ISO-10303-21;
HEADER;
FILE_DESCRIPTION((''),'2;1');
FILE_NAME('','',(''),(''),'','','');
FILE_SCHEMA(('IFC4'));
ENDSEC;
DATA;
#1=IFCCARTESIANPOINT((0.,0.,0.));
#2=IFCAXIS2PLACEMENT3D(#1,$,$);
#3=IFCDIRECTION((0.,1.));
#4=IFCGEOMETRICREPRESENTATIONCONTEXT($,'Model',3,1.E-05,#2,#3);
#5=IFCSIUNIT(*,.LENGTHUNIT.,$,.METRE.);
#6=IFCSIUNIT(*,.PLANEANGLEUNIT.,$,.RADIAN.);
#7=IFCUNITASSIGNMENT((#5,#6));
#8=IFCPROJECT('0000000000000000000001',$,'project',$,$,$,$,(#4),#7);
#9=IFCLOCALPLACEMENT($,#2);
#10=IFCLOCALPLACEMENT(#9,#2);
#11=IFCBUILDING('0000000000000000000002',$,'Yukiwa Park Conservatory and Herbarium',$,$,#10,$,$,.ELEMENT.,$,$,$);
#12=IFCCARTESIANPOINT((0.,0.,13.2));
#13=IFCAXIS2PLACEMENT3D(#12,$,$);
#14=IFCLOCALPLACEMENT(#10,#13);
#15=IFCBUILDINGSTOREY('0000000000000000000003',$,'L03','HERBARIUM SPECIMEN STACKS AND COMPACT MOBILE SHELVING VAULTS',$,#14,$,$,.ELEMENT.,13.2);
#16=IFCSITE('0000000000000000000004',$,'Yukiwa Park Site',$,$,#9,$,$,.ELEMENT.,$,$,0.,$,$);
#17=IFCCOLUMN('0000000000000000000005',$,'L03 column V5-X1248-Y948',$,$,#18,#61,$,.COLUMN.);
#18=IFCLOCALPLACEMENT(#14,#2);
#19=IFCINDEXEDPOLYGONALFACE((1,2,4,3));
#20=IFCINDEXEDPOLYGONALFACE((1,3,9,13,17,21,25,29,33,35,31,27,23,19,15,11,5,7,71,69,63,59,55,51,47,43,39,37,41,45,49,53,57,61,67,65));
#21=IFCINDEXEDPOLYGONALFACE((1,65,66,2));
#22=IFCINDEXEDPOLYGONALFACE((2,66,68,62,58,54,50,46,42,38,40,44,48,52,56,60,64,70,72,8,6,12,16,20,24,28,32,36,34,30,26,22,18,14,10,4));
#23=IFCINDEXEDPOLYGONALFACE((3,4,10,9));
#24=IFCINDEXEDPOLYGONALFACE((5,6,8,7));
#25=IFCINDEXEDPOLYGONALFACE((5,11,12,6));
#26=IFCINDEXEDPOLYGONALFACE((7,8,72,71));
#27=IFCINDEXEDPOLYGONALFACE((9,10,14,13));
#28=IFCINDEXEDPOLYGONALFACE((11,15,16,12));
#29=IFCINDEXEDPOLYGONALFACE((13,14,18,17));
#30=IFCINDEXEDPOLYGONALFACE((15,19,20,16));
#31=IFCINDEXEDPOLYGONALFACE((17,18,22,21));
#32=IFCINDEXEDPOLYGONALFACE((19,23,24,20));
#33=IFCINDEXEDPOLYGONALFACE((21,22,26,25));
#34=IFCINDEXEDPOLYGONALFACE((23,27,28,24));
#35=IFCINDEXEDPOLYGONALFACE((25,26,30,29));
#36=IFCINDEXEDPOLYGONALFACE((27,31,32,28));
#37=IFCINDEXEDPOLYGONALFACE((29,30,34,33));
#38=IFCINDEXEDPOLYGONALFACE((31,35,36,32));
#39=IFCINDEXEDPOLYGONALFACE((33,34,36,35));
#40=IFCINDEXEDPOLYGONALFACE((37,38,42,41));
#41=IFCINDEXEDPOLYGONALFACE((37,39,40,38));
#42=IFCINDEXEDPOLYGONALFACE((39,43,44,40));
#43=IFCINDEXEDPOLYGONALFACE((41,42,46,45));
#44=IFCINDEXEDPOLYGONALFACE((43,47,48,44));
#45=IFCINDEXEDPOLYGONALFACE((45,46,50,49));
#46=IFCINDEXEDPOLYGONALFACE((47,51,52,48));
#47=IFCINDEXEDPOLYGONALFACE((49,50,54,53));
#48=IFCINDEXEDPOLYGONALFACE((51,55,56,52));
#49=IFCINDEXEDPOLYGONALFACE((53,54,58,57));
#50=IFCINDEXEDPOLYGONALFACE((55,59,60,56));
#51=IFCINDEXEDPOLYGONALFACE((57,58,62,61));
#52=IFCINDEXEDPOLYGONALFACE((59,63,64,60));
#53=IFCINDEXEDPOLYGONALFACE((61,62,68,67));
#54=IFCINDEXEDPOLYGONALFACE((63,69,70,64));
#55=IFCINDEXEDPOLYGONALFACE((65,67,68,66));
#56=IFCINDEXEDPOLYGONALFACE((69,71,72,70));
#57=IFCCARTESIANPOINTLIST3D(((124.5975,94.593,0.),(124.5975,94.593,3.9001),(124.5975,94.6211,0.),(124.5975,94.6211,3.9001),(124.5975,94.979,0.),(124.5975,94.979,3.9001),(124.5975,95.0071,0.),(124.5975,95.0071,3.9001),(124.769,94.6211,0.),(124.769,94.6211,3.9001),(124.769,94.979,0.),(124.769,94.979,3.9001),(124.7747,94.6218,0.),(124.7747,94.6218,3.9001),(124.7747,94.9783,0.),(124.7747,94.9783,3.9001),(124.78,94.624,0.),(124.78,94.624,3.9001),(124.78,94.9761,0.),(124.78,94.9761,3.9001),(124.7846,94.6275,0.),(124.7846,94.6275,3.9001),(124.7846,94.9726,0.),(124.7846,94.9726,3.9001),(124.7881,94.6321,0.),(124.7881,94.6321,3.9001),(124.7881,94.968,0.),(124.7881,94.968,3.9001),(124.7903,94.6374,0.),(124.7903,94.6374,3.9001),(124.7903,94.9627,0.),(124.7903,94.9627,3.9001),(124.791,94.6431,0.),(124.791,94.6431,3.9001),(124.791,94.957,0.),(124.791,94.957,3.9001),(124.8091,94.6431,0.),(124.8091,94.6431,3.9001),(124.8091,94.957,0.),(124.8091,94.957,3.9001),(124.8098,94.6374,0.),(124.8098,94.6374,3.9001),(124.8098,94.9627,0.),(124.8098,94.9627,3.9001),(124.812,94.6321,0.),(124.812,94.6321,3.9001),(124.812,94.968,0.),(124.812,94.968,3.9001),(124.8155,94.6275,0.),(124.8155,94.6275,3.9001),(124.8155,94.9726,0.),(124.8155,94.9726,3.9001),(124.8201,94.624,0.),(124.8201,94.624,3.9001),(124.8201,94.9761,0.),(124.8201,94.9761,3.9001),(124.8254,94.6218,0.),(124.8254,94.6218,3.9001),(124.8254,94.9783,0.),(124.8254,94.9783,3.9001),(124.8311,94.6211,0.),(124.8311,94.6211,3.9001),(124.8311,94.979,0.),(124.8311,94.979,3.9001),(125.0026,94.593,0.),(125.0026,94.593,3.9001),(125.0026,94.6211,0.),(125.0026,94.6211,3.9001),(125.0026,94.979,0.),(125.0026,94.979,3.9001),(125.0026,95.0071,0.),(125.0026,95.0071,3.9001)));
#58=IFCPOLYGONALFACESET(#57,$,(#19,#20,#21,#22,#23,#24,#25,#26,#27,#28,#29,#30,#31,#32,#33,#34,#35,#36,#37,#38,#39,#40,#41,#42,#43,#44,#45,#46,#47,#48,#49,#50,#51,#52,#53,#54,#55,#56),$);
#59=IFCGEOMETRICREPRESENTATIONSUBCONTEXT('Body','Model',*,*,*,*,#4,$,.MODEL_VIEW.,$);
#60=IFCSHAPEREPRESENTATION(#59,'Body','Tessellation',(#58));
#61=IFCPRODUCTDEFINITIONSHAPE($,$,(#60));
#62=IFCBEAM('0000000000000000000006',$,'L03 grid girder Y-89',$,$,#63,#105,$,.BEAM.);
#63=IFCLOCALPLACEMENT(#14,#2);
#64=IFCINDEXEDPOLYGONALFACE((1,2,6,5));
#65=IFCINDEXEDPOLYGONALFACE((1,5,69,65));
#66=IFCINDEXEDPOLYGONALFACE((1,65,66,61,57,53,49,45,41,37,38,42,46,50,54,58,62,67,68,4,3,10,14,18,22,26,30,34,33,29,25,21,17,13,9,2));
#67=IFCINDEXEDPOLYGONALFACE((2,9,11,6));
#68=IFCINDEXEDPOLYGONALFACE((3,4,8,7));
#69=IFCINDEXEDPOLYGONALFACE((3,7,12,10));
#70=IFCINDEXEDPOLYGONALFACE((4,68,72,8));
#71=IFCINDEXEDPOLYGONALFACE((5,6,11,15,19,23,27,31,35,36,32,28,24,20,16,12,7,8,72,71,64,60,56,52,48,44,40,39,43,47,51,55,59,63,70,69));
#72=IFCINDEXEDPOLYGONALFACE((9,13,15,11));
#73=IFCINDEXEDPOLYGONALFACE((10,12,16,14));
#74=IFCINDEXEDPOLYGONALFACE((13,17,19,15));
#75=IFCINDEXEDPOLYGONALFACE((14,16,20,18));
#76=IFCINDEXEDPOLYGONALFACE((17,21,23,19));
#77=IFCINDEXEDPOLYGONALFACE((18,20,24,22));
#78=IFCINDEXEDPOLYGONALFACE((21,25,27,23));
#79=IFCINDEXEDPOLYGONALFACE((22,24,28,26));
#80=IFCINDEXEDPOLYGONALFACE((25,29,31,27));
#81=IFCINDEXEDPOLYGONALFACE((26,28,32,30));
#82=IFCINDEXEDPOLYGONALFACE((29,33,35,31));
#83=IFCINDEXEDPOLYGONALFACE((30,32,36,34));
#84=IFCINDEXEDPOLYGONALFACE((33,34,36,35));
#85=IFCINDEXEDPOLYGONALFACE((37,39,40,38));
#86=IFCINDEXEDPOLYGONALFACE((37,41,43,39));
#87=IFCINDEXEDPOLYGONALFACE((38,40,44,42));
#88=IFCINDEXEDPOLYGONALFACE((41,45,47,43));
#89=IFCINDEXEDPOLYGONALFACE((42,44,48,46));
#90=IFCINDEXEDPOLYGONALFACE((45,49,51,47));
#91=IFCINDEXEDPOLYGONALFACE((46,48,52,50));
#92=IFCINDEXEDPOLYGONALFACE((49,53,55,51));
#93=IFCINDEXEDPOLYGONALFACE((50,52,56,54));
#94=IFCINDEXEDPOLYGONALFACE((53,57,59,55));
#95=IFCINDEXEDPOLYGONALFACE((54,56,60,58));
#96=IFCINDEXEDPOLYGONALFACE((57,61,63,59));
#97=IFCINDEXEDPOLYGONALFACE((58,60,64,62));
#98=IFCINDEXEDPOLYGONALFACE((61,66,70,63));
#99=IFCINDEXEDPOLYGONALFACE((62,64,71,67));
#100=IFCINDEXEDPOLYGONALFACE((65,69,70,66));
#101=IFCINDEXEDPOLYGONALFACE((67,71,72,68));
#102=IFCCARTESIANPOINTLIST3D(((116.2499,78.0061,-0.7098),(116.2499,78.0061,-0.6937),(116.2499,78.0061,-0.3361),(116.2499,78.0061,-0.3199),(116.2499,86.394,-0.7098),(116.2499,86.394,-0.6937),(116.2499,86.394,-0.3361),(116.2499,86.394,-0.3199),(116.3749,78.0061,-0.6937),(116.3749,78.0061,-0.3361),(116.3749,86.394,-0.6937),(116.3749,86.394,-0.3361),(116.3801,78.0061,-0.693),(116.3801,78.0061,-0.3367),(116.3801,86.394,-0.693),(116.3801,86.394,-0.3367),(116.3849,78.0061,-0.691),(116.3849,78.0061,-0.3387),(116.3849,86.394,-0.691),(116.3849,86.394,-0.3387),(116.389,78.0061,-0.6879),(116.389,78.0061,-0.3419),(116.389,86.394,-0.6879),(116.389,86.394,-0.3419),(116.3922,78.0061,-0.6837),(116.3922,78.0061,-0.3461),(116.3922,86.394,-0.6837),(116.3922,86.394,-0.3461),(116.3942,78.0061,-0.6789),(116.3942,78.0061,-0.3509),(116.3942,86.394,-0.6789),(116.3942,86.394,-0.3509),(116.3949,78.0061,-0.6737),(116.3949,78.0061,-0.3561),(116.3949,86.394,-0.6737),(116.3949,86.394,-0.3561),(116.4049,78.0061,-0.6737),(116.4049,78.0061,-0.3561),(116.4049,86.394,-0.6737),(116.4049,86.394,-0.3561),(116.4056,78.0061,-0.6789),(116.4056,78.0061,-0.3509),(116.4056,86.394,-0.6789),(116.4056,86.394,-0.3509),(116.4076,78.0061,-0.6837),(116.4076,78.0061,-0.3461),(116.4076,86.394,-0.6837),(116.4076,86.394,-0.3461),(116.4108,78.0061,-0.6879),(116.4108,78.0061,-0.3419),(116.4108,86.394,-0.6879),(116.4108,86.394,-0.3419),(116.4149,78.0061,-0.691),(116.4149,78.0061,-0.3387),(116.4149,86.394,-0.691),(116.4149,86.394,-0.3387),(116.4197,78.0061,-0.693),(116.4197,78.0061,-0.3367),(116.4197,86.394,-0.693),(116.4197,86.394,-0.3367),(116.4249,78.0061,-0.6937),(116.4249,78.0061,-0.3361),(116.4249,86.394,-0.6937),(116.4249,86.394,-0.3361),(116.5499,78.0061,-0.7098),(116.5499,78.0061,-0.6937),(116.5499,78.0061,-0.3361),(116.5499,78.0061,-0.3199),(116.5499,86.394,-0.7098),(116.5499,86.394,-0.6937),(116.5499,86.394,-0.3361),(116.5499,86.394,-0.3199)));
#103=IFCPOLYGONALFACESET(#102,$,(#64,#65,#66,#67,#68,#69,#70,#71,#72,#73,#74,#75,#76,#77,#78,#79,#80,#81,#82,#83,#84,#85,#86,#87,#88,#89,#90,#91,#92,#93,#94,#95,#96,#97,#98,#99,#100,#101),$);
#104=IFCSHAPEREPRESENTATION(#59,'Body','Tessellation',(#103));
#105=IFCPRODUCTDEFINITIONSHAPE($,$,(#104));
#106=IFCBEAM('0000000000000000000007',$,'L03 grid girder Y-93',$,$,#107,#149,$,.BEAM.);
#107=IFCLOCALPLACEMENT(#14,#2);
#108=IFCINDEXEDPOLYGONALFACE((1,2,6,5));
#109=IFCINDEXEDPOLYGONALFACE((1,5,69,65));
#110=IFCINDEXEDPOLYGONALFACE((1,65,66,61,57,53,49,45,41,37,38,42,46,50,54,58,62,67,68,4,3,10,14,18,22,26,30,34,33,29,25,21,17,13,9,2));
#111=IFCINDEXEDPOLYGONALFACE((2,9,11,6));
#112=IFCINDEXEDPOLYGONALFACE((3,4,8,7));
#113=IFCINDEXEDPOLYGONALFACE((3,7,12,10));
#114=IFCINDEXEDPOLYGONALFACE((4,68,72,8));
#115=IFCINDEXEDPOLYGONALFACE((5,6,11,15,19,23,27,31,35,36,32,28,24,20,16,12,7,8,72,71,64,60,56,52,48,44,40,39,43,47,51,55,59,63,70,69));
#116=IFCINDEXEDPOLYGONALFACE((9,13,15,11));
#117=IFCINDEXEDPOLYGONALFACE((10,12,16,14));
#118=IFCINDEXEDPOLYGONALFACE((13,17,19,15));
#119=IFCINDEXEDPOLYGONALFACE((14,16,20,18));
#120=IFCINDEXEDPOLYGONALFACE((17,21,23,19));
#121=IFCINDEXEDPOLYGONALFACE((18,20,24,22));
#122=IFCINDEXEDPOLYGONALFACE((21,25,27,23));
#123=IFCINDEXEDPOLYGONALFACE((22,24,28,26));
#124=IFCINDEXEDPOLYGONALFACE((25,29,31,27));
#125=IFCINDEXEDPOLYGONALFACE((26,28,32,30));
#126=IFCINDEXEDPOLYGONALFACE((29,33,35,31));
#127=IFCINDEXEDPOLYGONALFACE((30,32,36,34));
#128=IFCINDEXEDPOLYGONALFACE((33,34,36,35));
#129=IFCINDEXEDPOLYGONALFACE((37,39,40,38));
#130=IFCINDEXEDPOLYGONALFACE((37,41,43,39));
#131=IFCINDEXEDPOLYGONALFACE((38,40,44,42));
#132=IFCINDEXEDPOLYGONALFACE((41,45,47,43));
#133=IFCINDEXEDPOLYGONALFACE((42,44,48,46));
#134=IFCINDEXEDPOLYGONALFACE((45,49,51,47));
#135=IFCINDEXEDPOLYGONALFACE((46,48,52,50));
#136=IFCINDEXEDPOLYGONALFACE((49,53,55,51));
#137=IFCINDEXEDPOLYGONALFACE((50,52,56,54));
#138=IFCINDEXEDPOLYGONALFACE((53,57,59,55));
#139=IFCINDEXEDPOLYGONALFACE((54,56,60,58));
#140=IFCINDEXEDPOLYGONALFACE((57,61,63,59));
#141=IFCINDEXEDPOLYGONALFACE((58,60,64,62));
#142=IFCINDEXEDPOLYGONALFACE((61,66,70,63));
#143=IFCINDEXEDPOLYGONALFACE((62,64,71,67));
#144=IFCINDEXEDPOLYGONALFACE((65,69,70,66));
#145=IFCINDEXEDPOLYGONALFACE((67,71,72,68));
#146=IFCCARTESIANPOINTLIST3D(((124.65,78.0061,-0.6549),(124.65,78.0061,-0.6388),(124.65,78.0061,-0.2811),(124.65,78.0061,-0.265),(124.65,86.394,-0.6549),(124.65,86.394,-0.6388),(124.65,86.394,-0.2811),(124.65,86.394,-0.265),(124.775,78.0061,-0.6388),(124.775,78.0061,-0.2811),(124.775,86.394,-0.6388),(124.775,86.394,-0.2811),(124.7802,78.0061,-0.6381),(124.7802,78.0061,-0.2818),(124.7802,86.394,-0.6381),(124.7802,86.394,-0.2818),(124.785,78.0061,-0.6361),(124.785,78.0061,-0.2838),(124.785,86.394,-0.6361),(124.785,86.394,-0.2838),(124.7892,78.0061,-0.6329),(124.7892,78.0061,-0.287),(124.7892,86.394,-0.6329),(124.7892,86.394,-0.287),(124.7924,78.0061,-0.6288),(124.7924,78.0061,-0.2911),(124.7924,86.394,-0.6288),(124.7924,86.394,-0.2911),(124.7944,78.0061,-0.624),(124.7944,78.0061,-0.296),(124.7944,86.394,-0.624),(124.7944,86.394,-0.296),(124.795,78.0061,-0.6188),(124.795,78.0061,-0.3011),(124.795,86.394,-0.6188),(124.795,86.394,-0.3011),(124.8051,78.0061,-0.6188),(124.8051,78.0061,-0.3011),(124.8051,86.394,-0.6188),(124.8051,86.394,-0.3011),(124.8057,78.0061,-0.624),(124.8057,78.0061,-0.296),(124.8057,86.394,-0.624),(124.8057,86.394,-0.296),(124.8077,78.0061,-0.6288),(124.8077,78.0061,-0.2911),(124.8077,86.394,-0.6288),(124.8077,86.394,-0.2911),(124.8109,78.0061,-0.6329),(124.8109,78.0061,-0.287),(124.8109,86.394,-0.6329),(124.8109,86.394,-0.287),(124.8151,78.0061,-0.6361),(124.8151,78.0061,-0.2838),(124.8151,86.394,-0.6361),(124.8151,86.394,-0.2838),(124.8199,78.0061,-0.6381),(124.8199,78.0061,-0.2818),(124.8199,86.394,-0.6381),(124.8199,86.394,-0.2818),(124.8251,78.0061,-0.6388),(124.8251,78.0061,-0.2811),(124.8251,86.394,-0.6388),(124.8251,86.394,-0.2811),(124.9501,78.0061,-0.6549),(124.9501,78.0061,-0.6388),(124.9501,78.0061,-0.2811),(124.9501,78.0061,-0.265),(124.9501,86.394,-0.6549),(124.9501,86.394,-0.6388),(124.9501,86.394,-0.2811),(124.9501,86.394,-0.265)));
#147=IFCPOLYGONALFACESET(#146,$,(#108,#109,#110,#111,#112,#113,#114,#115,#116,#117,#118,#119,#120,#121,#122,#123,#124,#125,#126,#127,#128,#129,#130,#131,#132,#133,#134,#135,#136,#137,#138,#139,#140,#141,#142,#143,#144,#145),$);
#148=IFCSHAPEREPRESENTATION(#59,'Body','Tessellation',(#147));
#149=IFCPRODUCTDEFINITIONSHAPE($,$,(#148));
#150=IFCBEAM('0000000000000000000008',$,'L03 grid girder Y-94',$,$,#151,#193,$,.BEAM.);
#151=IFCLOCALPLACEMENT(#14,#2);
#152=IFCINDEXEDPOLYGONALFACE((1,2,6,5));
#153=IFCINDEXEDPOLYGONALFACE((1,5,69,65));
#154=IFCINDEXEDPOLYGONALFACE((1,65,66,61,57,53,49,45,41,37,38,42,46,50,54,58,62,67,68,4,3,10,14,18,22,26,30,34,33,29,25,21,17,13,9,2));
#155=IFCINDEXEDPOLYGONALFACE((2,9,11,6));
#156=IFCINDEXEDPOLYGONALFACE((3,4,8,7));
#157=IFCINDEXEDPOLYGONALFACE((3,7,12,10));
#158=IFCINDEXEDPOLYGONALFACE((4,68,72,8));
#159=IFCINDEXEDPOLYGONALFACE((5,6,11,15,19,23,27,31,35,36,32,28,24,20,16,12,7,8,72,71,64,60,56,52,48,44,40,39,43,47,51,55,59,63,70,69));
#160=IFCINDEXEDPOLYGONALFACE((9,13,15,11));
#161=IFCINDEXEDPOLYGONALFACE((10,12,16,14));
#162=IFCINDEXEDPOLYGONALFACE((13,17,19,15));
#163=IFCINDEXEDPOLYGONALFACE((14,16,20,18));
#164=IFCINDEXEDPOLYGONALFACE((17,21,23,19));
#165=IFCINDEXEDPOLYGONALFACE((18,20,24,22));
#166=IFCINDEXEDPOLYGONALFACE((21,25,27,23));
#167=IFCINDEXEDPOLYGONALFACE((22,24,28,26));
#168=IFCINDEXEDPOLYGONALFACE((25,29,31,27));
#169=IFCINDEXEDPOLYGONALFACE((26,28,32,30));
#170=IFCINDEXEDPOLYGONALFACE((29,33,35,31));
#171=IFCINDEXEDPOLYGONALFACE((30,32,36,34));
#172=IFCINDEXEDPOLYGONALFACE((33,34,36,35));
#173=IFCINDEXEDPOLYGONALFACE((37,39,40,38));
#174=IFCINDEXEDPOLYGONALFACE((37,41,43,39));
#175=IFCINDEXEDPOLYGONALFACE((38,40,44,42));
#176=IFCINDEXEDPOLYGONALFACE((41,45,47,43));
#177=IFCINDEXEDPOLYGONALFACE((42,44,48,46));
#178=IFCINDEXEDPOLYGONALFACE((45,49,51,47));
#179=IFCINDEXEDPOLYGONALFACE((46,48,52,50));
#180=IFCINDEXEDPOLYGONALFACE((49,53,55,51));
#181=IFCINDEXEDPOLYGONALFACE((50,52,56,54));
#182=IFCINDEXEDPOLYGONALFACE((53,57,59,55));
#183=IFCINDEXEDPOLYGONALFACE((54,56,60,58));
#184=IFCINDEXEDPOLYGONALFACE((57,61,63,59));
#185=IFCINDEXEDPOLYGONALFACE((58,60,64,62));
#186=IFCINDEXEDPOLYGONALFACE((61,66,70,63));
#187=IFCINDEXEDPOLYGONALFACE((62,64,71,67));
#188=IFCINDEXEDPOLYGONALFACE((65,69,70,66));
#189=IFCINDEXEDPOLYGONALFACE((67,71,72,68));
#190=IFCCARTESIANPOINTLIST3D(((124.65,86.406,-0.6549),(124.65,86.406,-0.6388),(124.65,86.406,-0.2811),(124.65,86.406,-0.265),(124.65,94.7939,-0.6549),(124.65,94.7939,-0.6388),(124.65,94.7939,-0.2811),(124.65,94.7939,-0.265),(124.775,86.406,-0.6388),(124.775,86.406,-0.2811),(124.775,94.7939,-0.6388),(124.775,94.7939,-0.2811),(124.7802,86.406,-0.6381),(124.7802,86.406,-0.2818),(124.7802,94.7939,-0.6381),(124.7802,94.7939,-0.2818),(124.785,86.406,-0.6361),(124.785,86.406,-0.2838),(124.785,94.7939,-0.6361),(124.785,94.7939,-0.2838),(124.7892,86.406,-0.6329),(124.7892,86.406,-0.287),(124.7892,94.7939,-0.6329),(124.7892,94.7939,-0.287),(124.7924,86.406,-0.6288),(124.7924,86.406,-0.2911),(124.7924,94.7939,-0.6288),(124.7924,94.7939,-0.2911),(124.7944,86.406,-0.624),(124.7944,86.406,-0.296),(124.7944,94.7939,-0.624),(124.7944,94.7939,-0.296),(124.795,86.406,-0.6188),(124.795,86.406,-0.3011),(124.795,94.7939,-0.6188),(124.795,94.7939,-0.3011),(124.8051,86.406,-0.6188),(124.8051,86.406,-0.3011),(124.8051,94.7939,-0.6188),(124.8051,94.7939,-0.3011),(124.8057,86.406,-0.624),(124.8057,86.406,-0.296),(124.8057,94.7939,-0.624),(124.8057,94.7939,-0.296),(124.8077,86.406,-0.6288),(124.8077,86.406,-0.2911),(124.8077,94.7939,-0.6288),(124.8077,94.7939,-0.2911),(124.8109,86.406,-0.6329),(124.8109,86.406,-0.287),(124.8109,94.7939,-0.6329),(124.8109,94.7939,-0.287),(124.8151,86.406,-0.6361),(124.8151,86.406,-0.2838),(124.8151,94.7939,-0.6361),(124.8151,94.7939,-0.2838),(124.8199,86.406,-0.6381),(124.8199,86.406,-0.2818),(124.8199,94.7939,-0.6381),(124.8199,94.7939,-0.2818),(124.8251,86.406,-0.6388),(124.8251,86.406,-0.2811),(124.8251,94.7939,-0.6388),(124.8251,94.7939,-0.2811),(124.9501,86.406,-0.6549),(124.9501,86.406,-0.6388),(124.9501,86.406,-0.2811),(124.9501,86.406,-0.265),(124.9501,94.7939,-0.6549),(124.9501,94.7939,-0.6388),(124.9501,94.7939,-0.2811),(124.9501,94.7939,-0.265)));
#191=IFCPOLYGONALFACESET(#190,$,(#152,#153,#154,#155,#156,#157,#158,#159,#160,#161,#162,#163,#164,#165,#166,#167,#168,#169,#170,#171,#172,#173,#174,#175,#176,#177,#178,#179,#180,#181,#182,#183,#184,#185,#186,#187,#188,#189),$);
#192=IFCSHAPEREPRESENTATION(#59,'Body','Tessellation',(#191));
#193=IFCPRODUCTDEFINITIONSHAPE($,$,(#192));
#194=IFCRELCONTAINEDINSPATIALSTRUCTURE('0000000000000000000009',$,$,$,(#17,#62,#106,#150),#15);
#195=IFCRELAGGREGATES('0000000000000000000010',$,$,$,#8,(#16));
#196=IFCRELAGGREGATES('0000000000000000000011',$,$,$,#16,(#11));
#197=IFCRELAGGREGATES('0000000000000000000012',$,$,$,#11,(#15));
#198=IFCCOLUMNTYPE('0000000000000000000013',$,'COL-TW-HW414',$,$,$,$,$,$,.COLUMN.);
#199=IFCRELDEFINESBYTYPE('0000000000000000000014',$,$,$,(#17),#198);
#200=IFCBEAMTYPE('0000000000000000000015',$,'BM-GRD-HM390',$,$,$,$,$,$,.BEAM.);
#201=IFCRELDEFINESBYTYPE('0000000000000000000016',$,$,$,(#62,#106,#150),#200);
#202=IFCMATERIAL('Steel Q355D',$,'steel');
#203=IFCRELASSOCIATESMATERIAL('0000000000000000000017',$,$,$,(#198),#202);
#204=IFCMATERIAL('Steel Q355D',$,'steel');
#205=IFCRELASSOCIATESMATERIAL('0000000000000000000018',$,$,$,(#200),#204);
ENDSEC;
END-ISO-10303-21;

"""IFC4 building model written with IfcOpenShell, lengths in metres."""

from ifc_helpers import new_model, si_unit, direction, frame, origin, origin_2d, place, context, subcontext, project, spatial, i_section, extrude, material, material_profile, profile_set, type_object, element, save


model = new_model("IFC4")

# Units and contexts
model_context = context("Model", 3, precision=1e-05, world=origin(), true_north=direction((0.0, 1.0)))
body_context = subcontext(model_context, "Body", "Model", "MODEL_VIEW")
ifc_project = project(units=[si_unit("LENGTHUNIT", "METRE"), si_unit("PLANEANGLEUNIT", "RADIAN")], contexts=[model_context])

# Site, building, storey
site_placement = place(None, origin())
site = spatial("IfcSite", under=ifc_project, at=site_placement, Name="Yukiwa Park Site", CompositionType="ELEMENT", RefElevation=0.0)
building_placement = place(site_placement, origin())
building = spatial("IfcBuilding", under=site, at=building_placement, Name="Yukiwa Park Conservatory and Herbarium", CompositionType="ELEMENT")
storey_placement = place(building_placement, frame((0.0, 0.0, 13.2)))
storey = spatial("IfcBuildingStorey", under=building, at=storey_placement, Name="L03", Description="HERBARIUM SPECIMEN STACKS AND COMPACT MOBILE SHELVING VAULTS", CompositionType="ELEMENT", Elevation=13.2)

# Column
ifc_material_1 = material(Name="Steel Q355D", Category="steel")
ifc_material_profile_1 = material_profile(ifc_material_1, i_section(OverallWidth=0.405, OverallDepth=0.4141, WebThickness=0.0181, FlangeThickness=0.0281, FilletRadius=0.022, at=origin_2d()), Name="HW 414x405x18x28")
ifc_profile_set_1 = profile_set([ifc_material_profile_1], Name="Steel Q355D")
column_type_1 = type_object("IfcColumnType", Name="COL-TW-HW414", PredefinedType="COLUMN", material=ifc_profile_set_1)
column_1_placement = place(storey_placement, frame((124.8, 94.8, 0.0), z_axis=(0.0, 0.0, 1.0), x_axis=(1.0, 0.0, 0.0)))
element("IfcColumn", 1, at=column_1_placement, inside=storey, type_object=column_type_1, Name="L03 column V5-X1248-Y948", PredefinedType="COLUMN", context=body_context, shape_type="SweptSolid", body=[
    extrude(i_section(OverallWidth=0.405, OverallDepth=0.4141, WebThickness=0.0181, FlangeThickness=0.0281, FilletRadius=0.022, at=origin_2d()), origin(), (0.0, 0.0, 1.0), 3.9001),
])

# Beams
ifc_material_2 = material(Name="Steel Q355D", Category="steel")
ifc_material_profile_2 = material_profile(ifc_material_2, i_section(OverallWidth=0.3, OverallDepth=0.3899, WebThickness=0.01, FlangeThickness=0.0161, FilletRadius=0.02, at=origin_2d()), Name="HM 390x300x10x16")
ifc_profile_set_2 = profile_set([ifc_material_profile_2], Name="Steel Q355D")
beam_type_1 = type_object("IfcBeamType", Name="BM-GRD-HM390", PredefinedType="BEAM", material=ifc_profile_set_2)
for number, where, z_axis, x_axis, name in (
    (2, (116.3999, 78.0061, -0.5149), (0.0, 1.0, 0.0), (-1.0, 0.0, 0.0), "L03 grid girder Y-89"),
    (3, (124.8, 78.0061, -0.46), (0.0, 1.0, 0.0), (-1.0, 0.0, 0.0), "L03 grid girder Y-93"),
    (4, (124.8, 86.406, -0.46), (0.0, 1.0, 0.0), (-1.0, 0.0, 0.0), "L03 grid girder Y-94"),
):
    element("IfcBeam", number, at=place(storey_placement, frame(where, z_axis=z_axis, x_axis=x_axis)), inside=storey, type_object=beam_type_1, Name=name, PredefinedType="BEAM", context=body_context, shape_type="SweptSolid", body=[
        extrude(i_section(OverallWidth=0.3, OverallDepth=0.3899, WebThickness=0.01, FlangeThickness=0.0161, FilletRadius=0.02, at=origin_2d()), origin(), (0.0, 0.0, 1.0), 8.3879),
    ])

save(model, "model.ifc")
